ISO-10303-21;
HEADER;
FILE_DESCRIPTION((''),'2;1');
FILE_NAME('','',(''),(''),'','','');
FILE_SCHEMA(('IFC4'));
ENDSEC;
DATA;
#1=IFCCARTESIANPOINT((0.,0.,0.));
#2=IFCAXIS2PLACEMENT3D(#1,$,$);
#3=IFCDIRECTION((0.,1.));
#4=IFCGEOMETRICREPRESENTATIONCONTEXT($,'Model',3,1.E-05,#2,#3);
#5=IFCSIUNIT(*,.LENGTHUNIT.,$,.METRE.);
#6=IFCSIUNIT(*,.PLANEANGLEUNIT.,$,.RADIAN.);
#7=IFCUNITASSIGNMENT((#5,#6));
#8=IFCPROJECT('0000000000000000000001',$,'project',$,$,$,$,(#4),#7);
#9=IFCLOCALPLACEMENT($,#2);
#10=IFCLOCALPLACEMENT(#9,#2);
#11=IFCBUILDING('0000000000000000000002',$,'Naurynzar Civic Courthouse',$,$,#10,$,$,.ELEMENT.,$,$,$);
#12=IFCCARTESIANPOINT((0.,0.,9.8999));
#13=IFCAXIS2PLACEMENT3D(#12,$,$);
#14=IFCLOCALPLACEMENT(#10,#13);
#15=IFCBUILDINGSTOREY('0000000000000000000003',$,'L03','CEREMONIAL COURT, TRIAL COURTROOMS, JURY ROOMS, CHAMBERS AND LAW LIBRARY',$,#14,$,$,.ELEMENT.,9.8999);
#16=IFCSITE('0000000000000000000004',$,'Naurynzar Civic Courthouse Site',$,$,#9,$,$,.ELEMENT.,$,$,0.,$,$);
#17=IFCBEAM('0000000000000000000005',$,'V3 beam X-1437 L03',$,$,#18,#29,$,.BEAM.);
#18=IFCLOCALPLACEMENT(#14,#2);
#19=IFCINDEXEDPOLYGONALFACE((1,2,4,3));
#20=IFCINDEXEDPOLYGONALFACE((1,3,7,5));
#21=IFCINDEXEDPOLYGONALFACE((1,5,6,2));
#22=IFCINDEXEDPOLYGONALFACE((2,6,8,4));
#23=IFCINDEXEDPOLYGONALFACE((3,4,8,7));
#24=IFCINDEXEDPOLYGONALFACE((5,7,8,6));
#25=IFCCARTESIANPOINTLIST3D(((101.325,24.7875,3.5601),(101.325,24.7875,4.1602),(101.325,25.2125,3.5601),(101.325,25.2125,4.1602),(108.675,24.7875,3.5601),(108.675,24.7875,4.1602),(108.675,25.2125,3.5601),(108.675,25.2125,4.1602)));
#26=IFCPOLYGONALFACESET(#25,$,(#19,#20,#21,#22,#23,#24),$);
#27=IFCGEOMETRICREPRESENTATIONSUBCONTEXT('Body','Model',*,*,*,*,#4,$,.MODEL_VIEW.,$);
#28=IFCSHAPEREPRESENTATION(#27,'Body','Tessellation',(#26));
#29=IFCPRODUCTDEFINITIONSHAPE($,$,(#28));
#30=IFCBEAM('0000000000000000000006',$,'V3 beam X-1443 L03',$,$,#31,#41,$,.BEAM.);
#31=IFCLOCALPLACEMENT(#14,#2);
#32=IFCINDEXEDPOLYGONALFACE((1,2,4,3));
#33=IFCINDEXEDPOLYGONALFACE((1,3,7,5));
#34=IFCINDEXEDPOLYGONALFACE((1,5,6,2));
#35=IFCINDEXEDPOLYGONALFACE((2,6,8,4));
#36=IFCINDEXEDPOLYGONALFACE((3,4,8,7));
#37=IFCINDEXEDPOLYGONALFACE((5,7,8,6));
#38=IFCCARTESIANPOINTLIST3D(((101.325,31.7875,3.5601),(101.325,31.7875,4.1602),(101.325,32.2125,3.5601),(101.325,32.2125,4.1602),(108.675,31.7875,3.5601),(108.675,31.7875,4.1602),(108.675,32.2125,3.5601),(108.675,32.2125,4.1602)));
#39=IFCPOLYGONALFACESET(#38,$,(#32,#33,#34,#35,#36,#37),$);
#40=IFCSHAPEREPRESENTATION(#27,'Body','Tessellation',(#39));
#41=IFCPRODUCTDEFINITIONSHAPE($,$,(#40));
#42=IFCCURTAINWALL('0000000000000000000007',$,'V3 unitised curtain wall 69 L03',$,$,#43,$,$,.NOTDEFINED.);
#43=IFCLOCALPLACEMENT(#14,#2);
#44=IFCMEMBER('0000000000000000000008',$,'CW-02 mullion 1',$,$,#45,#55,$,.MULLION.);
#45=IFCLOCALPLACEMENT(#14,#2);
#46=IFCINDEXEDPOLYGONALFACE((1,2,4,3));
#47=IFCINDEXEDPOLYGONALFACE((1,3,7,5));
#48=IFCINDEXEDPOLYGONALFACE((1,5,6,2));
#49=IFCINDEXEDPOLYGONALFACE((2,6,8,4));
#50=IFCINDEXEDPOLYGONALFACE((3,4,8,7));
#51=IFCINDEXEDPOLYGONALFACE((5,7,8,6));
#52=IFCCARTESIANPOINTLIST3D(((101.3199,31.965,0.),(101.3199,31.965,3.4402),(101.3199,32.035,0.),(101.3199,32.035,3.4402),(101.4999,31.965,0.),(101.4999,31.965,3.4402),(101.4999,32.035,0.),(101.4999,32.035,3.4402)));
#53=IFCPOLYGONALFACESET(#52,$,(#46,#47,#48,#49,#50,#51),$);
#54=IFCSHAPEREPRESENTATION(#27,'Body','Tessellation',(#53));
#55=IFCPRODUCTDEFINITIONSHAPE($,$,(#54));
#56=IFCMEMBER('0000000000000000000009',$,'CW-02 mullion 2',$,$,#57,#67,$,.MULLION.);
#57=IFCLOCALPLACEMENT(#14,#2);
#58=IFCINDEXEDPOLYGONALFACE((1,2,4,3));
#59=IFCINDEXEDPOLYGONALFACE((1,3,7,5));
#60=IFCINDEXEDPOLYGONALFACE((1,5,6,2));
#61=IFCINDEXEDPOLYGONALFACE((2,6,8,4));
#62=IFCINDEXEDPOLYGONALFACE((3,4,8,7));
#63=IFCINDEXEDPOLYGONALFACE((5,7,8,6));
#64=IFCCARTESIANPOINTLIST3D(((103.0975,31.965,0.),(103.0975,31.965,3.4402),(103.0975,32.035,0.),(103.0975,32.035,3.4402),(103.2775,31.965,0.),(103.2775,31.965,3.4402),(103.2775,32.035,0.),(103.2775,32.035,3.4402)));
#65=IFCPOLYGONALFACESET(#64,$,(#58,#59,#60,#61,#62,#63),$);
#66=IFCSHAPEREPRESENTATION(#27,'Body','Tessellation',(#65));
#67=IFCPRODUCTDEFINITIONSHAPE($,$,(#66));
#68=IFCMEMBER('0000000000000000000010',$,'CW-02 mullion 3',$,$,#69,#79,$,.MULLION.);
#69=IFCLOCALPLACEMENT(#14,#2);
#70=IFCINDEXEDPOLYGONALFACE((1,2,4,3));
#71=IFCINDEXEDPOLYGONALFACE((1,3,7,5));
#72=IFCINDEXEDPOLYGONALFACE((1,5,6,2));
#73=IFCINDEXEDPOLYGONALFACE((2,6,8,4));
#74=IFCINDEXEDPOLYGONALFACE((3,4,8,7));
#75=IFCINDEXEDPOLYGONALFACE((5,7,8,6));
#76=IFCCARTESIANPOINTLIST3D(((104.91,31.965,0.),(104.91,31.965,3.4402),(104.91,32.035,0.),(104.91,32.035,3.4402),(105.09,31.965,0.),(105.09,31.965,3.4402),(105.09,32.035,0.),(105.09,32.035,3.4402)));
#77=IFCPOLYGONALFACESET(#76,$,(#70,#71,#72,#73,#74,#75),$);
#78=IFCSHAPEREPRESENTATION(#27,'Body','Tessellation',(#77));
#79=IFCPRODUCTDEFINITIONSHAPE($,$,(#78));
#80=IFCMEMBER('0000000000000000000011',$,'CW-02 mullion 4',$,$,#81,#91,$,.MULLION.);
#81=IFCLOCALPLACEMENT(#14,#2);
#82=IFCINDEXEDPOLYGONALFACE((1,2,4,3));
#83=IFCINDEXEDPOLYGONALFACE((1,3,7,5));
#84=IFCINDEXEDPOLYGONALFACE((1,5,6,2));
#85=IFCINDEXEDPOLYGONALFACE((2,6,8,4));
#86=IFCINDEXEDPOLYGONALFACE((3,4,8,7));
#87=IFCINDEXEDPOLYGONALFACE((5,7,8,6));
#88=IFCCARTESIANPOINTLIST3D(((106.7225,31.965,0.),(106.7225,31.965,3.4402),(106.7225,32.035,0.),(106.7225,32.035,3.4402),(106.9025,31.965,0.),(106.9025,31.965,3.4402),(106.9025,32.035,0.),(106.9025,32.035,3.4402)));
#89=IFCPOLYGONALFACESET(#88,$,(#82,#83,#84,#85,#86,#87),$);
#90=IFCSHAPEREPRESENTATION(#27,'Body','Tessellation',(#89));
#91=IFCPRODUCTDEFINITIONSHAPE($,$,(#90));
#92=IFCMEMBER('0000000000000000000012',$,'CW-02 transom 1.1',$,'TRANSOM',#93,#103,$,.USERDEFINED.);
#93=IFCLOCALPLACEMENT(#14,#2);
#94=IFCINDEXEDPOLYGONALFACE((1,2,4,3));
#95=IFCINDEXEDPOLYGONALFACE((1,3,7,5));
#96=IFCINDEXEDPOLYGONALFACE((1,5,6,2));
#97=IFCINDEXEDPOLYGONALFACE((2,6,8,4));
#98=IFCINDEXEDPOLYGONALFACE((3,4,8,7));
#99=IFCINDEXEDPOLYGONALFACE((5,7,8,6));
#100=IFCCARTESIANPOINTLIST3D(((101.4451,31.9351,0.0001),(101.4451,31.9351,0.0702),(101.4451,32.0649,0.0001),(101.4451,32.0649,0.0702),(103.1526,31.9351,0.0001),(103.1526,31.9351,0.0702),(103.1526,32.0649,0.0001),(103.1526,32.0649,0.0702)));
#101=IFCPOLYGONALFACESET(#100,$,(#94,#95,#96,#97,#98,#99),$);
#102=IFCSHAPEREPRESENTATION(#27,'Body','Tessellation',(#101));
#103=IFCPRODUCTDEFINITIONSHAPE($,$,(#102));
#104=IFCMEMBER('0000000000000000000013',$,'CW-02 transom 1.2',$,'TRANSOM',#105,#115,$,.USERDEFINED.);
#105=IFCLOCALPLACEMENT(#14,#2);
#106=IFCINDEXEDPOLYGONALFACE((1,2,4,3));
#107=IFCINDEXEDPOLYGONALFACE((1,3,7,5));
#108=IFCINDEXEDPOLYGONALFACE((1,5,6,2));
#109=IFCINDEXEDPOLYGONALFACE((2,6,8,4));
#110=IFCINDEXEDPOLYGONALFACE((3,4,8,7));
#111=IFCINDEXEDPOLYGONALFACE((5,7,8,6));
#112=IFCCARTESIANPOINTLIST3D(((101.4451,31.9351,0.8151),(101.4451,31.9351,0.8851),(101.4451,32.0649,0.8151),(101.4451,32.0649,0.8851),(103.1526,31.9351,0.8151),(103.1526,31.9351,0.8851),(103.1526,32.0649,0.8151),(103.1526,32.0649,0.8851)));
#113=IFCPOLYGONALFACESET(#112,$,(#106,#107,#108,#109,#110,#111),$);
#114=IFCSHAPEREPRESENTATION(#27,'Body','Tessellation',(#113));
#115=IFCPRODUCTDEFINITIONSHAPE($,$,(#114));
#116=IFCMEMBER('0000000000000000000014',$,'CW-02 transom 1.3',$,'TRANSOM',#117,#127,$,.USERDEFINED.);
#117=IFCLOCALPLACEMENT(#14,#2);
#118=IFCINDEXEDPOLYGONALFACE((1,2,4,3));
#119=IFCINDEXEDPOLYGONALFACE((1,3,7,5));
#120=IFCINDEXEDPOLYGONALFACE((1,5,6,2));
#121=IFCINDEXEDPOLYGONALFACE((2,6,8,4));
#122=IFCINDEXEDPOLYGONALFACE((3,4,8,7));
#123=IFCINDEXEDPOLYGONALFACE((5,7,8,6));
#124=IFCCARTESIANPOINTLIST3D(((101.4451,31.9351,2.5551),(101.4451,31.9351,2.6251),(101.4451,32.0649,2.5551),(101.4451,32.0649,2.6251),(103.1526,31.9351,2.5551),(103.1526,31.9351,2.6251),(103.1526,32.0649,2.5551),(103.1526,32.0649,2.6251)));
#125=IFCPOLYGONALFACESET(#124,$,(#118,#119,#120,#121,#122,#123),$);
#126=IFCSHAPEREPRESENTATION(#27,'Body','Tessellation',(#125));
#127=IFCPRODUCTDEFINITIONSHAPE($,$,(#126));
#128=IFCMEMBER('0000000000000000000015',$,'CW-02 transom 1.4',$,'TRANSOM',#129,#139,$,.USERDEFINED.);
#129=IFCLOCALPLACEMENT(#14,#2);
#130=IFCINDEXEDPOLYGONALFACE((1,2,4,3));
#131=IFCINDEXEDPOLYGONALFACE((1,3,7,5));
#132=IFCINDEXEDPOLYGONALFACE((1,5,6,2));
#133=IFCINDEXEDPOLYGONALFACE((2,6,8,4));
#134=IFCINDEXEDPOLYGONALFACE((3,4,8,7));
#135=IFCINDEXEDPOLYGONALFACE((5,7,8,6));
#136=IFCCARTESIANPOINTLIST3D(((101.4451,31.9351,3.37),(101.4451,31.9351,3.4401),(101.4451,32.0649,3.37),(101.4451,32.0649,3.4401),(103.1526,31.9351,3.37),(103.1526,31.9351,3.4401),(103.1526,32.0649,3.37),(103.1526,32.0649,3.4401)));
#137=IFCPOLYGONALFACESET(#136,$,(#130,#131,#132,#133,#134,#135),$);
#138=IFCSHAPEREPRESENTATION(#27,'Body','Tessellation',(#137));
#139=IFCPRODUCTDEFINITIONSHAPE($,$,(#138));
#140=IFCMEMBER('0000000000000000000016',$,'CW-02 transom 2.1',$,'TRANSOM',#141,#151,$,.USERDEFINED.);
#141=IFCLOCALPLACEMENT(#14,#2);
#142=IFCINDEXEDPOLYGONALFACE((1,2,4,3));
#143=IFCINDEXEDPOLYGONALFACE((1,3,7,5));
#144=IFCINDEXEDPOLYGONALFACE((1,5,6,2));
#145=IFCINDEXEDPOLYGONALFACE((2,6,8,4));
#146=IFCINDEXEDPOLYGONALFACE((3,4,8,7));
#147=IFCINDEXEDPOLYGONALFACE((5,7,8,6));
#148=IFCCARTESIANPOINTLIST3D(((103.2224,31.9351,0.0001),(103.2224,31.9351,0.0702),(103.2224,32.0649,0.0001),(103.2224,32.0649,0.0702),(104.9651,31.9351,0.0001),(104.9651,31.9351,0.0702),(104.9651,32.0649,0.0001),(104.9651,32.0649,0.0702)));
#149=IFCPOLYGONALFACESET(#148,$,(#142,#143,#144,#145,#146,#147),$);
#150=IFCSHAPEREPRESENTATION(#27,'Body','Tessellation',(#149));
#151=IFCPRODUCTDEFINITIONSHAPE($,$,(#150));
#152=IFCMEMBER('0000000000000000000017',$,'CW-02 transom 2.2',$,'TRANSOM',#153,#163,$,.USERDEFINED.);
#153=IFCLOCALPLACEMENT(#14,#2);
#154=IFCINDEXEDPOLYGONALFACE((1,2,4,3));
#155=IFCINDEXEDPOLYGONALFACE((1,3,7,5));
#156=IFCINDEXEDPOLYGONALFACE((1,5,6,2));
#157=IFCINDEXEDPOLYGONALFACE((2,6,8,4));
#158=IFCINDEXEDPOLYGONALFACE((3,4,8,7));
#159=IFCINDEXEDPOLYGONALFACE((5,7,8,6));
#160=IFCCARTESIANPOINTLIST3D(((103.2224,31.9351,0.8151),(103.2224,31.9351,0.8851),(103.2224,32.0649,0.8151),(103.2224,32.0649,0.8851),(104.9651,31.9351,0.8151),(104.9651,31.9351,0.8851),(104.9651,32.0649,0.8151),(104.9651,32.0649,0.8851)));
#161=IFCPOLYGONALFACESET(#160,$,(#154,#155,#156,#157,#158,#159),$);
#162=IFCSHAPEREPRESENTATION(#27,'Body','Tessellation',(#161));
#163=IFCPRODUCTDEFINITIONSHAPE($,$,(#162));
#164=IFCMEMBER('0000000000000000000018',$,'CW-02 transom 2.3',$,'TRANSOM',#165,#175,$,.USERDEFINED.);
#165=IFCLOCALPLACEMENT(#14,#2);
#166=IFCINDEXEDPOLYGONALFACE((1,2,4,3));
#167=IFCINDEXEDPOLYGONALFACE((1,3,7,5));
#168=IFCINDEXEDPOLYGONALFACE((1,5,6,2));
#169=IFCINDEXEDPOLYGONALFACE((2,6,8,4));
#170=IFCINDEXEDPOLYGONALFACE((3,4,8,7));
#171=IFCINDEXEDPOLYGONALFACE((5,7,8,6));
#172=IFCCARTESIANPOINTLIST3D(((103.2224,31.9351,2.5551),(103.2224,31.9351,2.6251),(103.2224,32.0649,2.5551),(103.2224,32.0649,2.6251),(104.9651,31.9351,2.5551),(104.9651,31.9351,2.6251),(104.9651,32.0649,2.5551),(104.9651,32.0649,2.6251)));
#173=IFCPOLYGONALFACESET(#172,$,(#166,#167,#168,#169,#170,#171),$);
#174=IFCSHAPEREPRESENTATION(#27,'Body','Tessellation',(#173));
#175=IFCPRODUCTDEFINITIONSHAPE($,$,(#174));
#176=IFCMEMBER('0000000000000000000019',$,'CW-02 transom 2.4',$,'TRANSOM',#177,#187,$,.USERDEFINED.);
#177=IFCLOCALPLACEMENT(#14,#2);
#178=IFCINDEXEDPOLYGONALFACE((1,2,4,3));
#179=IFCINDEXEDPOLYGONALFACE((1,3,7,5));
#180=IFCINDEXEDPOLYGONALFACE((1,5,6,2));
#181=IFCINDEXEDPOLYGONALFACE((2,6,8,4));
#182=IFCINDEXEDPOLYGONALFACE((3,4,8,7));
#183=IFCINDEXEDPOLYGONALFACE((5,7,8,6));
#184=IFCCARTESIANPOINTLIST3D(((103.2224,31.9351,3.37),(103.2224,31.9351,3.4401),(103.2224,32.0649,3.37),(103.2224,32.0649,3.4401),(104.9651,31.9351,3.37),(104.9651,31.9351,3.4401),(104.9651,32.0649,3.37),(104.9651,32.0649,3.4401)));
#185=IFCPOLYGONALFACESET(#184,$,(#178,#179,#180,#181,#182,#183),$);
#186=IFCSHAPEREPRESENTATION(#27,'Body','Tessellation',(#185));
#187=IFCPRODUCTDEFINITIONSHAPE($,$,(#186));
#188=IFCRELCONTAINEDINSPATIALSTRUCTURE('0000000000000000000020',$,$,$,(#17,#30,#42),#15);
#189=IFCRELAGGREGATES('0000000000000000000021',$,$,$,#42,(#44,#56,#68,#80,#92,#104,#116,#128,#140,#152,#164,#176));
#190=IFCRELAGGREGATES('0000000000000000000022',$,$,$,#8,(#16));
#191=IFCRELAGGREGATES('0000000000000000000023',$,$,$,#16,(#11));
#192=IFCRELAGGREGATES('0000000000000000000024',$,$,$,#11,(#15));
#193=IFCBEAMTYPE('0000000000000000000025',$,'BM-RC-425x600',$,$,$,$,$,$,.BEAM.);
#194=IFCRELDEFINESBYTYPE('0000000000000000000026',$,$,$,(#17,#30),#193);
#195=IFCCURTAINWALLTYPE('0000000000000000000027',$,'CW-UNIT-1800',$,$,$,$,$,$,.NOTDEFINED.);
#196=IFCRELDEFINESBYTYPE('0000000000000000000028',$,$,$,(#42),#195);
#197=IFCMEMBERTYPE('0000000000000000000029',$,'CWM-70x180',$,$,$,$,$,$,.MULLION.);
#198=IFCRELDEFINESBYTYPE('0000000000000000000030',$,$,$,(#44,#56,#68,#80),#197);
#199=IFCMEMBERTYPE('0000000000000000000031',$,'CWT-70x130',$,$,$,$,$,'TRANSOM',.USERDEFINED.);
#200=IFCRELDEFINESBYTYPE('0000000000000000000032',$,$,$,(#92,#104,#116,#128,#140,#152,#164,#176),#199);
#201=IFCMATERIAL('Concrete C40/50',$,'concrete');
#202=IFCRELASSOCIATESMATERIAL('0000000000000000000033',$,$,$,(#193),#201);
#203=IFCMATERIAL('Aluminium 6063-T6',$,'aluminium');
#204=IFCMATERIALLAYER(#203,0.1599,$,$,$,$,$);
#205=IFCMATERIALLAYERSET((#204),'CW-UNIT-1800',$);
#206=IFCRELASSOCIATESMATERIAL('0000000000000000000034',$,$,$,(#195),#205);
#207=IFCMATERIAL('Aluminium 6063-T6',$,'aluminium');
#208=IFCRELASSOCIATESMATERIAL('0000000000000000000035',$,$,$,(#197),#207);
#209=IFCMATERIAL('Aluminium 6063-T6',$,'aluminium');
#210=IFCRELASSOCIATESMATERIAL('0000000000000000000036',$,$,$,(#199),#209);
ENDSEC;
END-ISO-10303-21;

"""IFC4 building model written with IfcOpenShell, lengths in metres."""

from ifc_helpers import new_model, si_unit, direction, frame, origin, origin_2d, place, context, subcontext, project, spatial, rectangle, extrude, material, layer, layer_set, material_profile, profile_set, type_object, element, aggregate, save


model = new_model("IFC4")

# Units and contexts
model_context = context("Model", 3, precision=1e-05, world=origin(), true_north=direction((0.0, 1.0)))
body_context = subcontext(model_context, "Body", "Model", "MODEL_VIEW")
ifc_project = project(units=[si_unit("LENGTHUNIT", "METRE"), si_unit("PLANEANGLEUNIT", "RADIAN")], contexts=[model_context])

# Site, building, storey
site_placement = place(None, origin())
site = spatial("IfcSite", under=ifc_project, at=site_placement, Name="Naurynzar Civic Courthouse Site", CompositionType="ELEMENT", RefElevation=0.0)
building_placement = place(site_placement, origin())
building = spatial("IfcBuilding", under=site, at=building_placement, Name="Naurynzar Civic Courthouse", CompositionType="ELEMENT")
storey_placement = place(building_placement, frame((0.0, 0.0, 9.8999)))
storey = spatial("IfcBuildingStorey", under=building, at=storey_placement, Name="L03", Description="CEREMONIAL COURT, TRIAL COURTROOMS, JURY ROOMS, CHAMBERS AND LAW LIBRARY", CompositionType="ELEMENT", Elevation=9.8999)

# Beams
ifc_material_1 = material(Name="Concrete C40/50", Category="concrete")
ifc_material_profile_1 = material_profile(ifc_material_1, rectangle(XDim=0.425, YDim=0.6001, at=origin_2d()), Name="RCB 425x600")
ifc_profile_set_1 = profile_set([ifc_material_profile_1], Name="Concrete C40/50")
beam_type = type_object("IfcBeamType", Name="BM-RC-425x600", PredefinedType="BEAM", material=ifc_profile_set_1)
for number, where, z_axis, x_axis, name in (
    (1, (101.325, 25.0, 3.8601), (1.0, 0.0, 0.0), (0.0, 1.0, 0.0), "V3 beam X-1437 L03"),
    (2, (101.325, 32.0, 3.8601), (1.0, 0.0, 0.0), (0.0, 1.0, 0.0), "V3 beam X-1443 L03"),
):
    element("IfcBeam", number, at=place(storey_placement, frame(where, z_axis=z_axis, x_axis=x_axis)), inside=storey, type_object=beam_type, Name=name, PredefinedType="BEAM", context=body_context, shape_type="SweptSolid", body=[
        extrude(rectangle(XDim=0.425, YDim=0.6001, at=origin_2d()), origin(), (0.0, 0.0, 1.0), 7.3501),
    ])

# Curtain wall, members
ifc_material_2 = material(Name="Aluminium 6063-T6", Category="aluminium")
ifc_layer_1 = layer(ifc_material_2, 0.1599)
ifc_layer_set_1 = layer_set([ifc_layer_1], Name="CW-UNIT-1800")
curtain_wall_type = type_object("IfcCurtainWallType", Name="CW-UNIT-1800", PredefinedType="NOTDEFINED", material=ifc_layer_set_1)
curtain_wall_placement = place(storey_placement, origin())
curtain_wall = element("IfcCurtainWall", 3, at=curtain_wall_placement, inside=storey, type_object=curtain_wall_type, Name="V3 unitised curtain wall 69 L03", PredefinedType="NOTDEFINED")
ifc_material_3 = material(Name="Aluminium 6063-T6", Category="aluminium")
ifc_material_profile_2 = material_profile(ifc_material_3, rectangle(XDim=0.0701, YDim=0.1799, at=origin_2d()), Name="ALU MULLION 70x180")
ifc_profile_set_2 = profile_set([ifc_material_profile_2], Name="Aluminium 6063-T6")
member_type_1 = type_object("IfcMemberType", Name="CWM-70x180", PredefinedType="MULLION", material=ifc_profile_set_2)
member_1_placement = place(storey_placement, frame((101.4099, 32.0, 0.0), z_axis=(0.0, 0.0, 1.0), x_axis=(0.0, 1.0, 0.0)))
member_1 = element("IfcMember", 4, at=member_1_placement, type_object=member_type_1, Name="CW-02 mullion 1", PredefinedType="MULLION", context=body_context, shape_type="SweptSolid", body=[
    extrude(rectangle(XDim=0.0701, YDim=0.1799, at=origin_2d()), origin(), (0.0, 0.0, 1.0), 3.4402),
])
member_2_placement = place(storey_placement, frame((103.1875, 32.0, 0.0), z_axis=(0.0, 0.0, 1.0), x_axis=(0.0, 1.0, 0.0)))
member_2 = element("IfcMember", 5, at=member_2_placement, type_object=member_type_1, Name="CW-02 mullion 2", PredefinedType="MULLION", context=body_context, shape_type="SweptSolid", body=[
    extrude(rectangle(XDim=0.0701, YDim=0.1799, at=origin_2d()), origin(), (0.0, 0.0, 1.0), 3.4402),
])
member_3_placement = place(storey_placement, frame((105.0, 32.0, 0.0), z_axis=(0.0, 0.0, 1.0), x_axis=(0.0, 1.0, 0.0)))
member_3 = element("IfcMember", 6, at=member_3_placement, type_object=member_type_1, Name="CW-02 mullion 3", PredefinedType="MULLION", context=body_context, shape_type="SweptSolid", body=[
    extrude(rectangle(XDim=0.0701, YDim=0.1799, at=origin_2d()), origin(), (0.0, 0.0, 1.0), 3.4402),
])
member_4_placement = place(storey_placement, frame((106.8125, 32.0, 0.0), z_axis=(0.0, 0.0, 1.0), x_axis=(0.0, 1.0, 0.0)))
member_4 = element("IfcMember", 7, at=member_4_placement, type_object=member_type_1, Name="CW-02 mullion 4", PredefinedType="MULLION", context=body_context, shape_type="SweptSolid", body=[
    extrude(rectangle(XDim=0.0701, YDim=0.1799, at=origin_2d()), origin(), (0.0, 0.0, 1.0), 3.4402),
])
ifc_material_4 = material(Name="Aluminium 6063-T6", Category="aluminium")
ifc_material_profile_3 = material_profile(ifc_material_4, rectangle(XDim=0.1299, YDim=0.0701, at=origin_2d()), Name="ALU TRANSOM 70x130")
ifc_profile_set_3 = profile_set([ifc_material_profile_3], Name="Aluminium 6063-T6")
member_type_2 = type_object("IfcMemberType", Name="CWT-70x130", ElementType="TRANSOM", PredefinedType="USERDEFINED", material=ifc_profile_set_3)
member_5_placement = place(storey_placement, frame((101.4451, 32.0, 0.0352), z_axis=(1.0, 0.0, 0.0), x_axis=(0.0, 1.0, 0.0)))
member_5 = element("IfcMember", 8, at=member_5_placement, type_object=member_type_2, Name="CW-02 transom 1.1", ObjectType="TRANSOM", PredefinedType="USERDEFINED", context=body_context, shape_type="SweptSolid", body=[
    extrude(rectangle(XDim=0.1299, YDim=0.0701, at=origin_2d()), origin(), (0.0, 0.0, 1.0), 1.7075),
])
member_6_placement = place(storey_placement, frame((101.4451, 32.0, 0.8501), z_axis=(1.0, 0.0, 0.0), x_axis=(0.0, 1.0, 0.0)))
member_6 = element("IfcMember", 9, at=member_6_placement, type_object=member_type_2, Name="CW-02 transom 1.2", ObjectType="TRANSOM", PredefinedType="USERDEFINED", context=body_context, shape_type="SweptSolid", body=[
    extrude(rectangle(XDim=0.1299, YDim=0.0701, at=origin_2d()), origin(), (0.0, 0.0, 1.0), 1.7075),
])
member_7_placement = place(storey_placement, frame((101.4451, 32.0, 2.5901), z_axis=(1.0, 0.0, 0.0), x_axis=(0.0, 1.0, 0.0)))
member_7 = element("IfcMember", 10, at=member_7_placement, type_object=member_type_2, Name="CW-02 transom 1.3", ObjectType="TRANSOM", PredefinedType="USERDEFINED", context=body_context, shape_type="SweptSolid", body=[
    extrude(rectangle(XDim=0.1299, YDim=0.0701, at=origin_2d()), origin(), (0.0, 0.0, 1.0), 1.7075),
])
member_8_placement = place(storey_placement, frame((101.4451, 32.0, 3.405), z_axis=(1.0, 0.0, 0.0), x_axis=(0.0, 1.0, 0.0)))
member_8 = element("IfcMember", 11, at=member_8_placement, type_object=member_type_2, Name="CW-02 transom 1.4", ObjectType="TRANSOM", PredefinedType="USERDEFINED", context=body_context, shape_type="SweptSolid", body=[
    extrude(rectangle(XDim=0.1299, YDim=0.0701, at=origin_2d()), origin(), (0.0, 0.0, 1.0), 1.7075),
])
member_9_placement = place(storey_placement, frame((103.2224, 32.0, 0.0352), z_axis=(1.0, 0.0, 0.0), x_axis=(0.0, 1.0, 0.0)))
member_9 = element("IfcMember", 12, at=member_9_placement, type_object=member_type_2, Name="CW-02 transom 2.1", ObjectType="TRANSOM", PredefinedType="USERDEFINED", context=body_context, shape_type="SweptSolid", body=[
    extrude(rectangle(XDim=0.1299, YDim=0.0701, at=origin_2d()), origin(), (0.0, 0.0, 1.0), 1.7427),
])
member_10_placement = place(storey_placement, frame((103.2224, 32.0, 0.8501), z_axis=(1.0, 0.0, 0.0), x_axis=(0.0, 1.0, 0.0)))
member_10 = element("IfcMember", 13, at=member_10_placement, type_object=member_type_2, Name="CW-02 transom 2.2", ObjectType="TRANSOM", PredefinedType="USERDEFINED", context=body_context, shape_type="SweptSolid", body=[
    extrude(rectangle(XDim=0.1299, YDim=0.0701, at=origin_2d()), origin(), (0.0, 0.0, 1.0), 1.7427),
])
member_11_placement = place(storey_placement, frame((103.2224, 32.0, 2.5901), z_axis=(1.0, 0.0, 0.0), x_axis=(0.0, 1.0, 0.0)))
member_11 = element("IfcMember", 14, at=member_11_placement, type_object=member_type_2, Name="CW-02 transom 2.3", ObjectType="TRANSOM", PredefinedType="USERDEFINED", context=body_context, shape_type="SweptSolid", body=[
    extrude(rectangle(XDim=0.1299, YDim=0.0701, at=origin_2d()), origin(), (0.0, 0.0, 1.0), 1.7427),
])
member_12_placement = place(storey_placement, frame((103.2224, 32.0, 3.405), z_axis=(1.0, 0.0, 0.0), x_axis=(0.0, 1.0, 0.0)))
member_12 = element("IfcMember", 15, at=member_12_placement, type_object=member_type_2, Name="CW-02 transom 2.4", ObjectType="TRANSOM", PredefinedType="USERDEFINED", context=body_context, shape_type="SweptSolid", body=[
    extrude(rectangle(XDim=0.1299, YDim=0.0701, at=origin_2d()), origin(), (0.0, 0.0, 1.0), 1.7427),
])
aggregate(curtain_wall, [member_1, member_2, member_3, member_4, member_5, member_6, member_7, member_8, member_9, member_10, member_11, member_12])

save(model, "model.ifc")
